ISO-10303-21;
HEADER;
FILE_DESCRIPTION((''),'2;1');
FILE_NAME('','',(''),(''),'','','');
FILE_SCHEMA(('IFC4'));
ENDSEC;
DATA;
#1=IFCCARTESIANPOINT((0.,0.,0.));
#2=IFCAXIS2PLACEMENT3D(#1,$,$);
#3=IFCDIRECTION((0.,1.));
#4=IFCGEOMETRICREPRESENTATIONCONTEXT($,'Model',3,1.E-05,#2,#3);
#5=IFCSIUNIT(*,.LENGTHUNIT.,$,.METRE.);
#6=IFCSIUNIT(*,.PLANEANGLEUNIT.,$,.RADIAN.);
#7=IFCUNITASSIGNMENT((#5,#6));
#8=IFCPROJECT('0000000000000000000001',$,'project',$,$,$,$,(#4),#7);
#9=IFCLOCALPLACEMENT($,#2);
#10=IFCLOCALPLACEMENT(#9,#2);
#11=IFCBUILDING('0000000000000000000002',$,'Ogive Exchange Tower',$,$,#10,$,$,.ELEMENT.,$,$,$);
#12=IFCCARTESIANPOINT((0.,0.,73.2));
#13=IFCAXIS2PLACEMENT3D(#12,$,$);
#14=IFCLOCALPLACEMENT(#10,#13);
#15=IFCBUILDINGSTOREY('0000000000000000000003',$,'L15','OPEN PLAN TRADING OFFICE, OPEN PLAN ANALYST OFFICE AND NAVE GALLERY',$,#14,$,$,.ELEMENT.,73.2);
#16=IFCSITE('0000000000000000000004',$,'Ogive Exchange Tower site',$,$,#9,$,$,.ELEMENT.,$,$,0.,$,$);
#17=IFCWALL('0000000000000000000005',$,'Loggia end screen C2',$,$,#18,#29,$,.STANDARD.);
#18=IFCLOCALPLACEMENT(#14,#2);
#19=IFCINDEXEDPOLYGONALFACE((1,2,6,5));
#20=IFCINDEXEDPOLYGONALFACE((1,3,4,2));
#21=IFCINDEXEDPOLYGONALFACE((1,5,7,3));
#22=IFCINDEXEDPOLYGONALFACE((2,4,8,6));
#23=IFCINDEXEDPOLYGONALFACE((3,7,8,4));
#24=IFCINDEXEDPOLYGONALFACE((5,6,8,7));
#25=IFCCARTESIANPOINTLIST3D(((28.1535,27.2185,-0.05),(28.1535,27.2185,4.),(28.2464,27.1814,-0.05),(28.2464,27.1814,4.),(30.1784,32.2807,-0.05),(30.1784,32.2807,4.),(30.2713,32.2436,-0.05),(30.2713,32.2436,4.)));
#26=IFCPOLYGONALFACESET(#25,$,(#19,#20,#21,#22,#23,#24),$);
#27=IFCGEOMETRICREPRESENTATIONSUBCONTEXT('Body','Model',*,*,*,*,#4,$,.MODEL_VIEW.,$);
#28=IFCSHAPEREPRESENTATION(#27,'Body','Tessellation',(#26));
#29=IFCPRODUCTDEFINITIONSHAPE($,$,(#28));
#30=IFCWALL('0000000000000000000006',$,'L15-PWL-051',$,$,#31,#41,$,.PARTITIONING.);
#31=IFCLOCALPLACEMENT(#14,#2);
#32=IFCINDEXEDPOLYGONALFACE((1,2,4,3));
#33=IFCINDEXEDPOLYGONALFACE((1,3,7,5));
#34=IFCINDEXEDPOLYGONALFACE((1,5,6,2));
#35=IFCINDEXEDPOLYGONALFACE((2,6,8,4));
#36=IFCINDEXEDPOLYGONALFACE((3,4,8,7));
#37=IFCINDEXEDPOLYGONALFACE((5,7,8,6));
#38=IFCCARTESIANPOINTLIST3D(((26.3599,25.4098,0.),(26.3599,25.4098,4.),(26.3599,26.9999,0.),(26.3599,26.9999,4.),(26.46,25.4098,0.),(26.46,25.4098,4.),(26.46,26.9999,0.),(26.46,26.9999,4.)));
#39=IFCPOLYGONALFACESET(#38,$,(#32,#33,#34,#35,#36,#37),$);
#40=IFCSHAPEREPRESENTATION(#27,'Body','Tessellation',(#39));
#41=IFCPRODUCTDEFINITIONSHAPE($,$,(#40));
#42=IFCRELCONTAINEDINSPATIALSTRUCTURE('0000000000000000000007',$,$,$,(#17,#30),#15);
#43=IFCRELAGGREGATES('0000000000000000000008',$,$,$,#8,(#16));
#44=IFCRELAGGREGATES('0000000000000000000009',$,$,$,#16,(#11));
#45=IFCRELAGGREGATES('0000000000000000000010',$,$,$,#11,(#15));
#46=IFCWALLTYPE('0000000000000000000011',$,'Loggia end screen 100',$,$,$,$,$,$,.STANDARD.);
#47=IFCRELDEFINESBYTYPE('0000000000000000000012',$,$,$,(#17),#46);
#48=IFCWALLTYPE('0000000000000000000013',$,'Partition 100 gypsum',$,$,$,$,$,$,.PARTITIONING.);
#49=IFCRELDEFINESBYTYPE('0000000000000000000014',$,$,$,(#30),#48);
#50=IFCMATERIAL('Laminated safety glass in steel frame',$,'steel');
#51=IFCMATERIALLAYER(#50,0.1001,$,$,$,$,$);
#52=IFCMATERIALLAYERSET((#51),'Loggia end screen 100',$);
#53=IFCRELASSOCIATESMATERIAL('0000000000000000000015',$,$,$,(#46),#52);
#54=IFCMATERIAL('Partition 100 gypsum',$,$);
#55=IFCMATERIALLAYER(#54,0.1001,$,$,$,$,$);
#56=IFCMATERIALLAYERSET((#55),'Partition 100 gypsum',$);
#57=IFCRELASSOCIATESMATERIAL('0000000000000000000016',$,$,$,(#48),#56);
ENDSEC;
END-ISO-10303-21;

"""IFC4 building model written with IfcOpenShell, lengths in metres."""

from ifc_helpers import new_model, si_unit, direction, frame, frame_2d, origin, place, context, subcontext, project, spatial, rectangle, extrude, material, layer, layer_set, type_object, element, save


model = new_model("IFC4")

# Units and contexts
model_context = context("Model", 3, precision=1e-05, world=origin(), true_north=direction((0.0, 1.0)))
body_context = subcontext(model_context, "Body", "Model", "MODEL_VIEW")
ifc_project = project(units=[si_unit("LENGTHUNIT", "METRE"), si_unit("PLANEANGLEUNIT", "RADIAN")], contexts=[model_context])

# Site, building, storey
site_placement = place(None, origin())
site = spatial("IfcSite", under=ifc_project, at=site_placement, Name="Ogive Exchange Tower site", CompositionType="ELEMENT", RefElevation=0.0)
building_placement = place(site_placement, origin())
building = spatial("IfcBuilding", under=site, at=building_placement, Name="Ogive Exchange Tower", CompositionType="ELEMENT")
storey_placement = place(building_placement, frame((0.0, 0.0, 73.2)))
storey = spatial("IfcBuildingStorey", under=building, at=storey_placement, Name="L15", Description="OPEN PLAN TRADING OFFICE, OPEN PLAN ANALYST OFFICE AND NAVE GALLERY", CompositionType="ELEMENT", Elevation=73.2)

# Walls
ifc_material_1 = material(Name="Laminated safety glass in steel frame", Category="steel")
ifc_layer_1 = layer(ifc_material_1, 0.1001)
ifc_layer_set_1 = layer_set([ifc_layer_1], Name="Loggia end screen 100")
wall_type_1 = type_object("IfcWallType", Name="Loggia end screen 100", PredefinedType="STANDARD", material=ifc_layer_set_1)
wall_1_placement = place(storey_placement, frame((28.2, 27.2, -0.05), z_axis=(0.0, 0.0, 1.0), x_axis=(0.371391, 0.928477, 0.0)))
element("IfcWall", 1, at=wall_1_placement, inside=storey, type_object=wall_type_1, Name="Loggia end screen C2", PredefinedType="STANDARD", context=body_context, shape_type="SweptSolid", body=[
    extrude(rectangle(XDim=5.4521, YDim=0.1001, at=frame_2d((2.7261, 0.0))), origin(), (0.0, 0.0, 1.0), 4.05),
])
ifc_material_2 = material(Name="Partition 100 gypsum")
ifc_layer_2 = layer(ifc_material_2, 0.1001)
ifc_layer_set_2 = layer_set([ifc_layer_2], Name="Partition 100 gypsum")
wall_type_2 = type_object("IfcWallType", Name="Partition 100 gypsum", PredefinedType="PARTITIONING", material=ifc_layer_set_2)
wall_2_placement = place(storey_placement, frame((26.4099, 25.4099, 0.0), z_axis=(0.0, 0.0, 1.0), x_axis=(0.0, 1.0, 0.0)))
element("IfcWall", 2, at=wall_2_placement, inside=storey, type_object=wall_type_2, Name="L15-PWL-051", PredefinedType="PARTITIONING", context=body_context, shape_type="SweptSolid", body=[
    extrude(rectangle(XDim=1.5901, YDim=0.1001, at=frame_2d((0.7949, 0.0))), origin(), (0.0, 0.0, 1.0), 4.0),
])

save(model, "model.ifc")
